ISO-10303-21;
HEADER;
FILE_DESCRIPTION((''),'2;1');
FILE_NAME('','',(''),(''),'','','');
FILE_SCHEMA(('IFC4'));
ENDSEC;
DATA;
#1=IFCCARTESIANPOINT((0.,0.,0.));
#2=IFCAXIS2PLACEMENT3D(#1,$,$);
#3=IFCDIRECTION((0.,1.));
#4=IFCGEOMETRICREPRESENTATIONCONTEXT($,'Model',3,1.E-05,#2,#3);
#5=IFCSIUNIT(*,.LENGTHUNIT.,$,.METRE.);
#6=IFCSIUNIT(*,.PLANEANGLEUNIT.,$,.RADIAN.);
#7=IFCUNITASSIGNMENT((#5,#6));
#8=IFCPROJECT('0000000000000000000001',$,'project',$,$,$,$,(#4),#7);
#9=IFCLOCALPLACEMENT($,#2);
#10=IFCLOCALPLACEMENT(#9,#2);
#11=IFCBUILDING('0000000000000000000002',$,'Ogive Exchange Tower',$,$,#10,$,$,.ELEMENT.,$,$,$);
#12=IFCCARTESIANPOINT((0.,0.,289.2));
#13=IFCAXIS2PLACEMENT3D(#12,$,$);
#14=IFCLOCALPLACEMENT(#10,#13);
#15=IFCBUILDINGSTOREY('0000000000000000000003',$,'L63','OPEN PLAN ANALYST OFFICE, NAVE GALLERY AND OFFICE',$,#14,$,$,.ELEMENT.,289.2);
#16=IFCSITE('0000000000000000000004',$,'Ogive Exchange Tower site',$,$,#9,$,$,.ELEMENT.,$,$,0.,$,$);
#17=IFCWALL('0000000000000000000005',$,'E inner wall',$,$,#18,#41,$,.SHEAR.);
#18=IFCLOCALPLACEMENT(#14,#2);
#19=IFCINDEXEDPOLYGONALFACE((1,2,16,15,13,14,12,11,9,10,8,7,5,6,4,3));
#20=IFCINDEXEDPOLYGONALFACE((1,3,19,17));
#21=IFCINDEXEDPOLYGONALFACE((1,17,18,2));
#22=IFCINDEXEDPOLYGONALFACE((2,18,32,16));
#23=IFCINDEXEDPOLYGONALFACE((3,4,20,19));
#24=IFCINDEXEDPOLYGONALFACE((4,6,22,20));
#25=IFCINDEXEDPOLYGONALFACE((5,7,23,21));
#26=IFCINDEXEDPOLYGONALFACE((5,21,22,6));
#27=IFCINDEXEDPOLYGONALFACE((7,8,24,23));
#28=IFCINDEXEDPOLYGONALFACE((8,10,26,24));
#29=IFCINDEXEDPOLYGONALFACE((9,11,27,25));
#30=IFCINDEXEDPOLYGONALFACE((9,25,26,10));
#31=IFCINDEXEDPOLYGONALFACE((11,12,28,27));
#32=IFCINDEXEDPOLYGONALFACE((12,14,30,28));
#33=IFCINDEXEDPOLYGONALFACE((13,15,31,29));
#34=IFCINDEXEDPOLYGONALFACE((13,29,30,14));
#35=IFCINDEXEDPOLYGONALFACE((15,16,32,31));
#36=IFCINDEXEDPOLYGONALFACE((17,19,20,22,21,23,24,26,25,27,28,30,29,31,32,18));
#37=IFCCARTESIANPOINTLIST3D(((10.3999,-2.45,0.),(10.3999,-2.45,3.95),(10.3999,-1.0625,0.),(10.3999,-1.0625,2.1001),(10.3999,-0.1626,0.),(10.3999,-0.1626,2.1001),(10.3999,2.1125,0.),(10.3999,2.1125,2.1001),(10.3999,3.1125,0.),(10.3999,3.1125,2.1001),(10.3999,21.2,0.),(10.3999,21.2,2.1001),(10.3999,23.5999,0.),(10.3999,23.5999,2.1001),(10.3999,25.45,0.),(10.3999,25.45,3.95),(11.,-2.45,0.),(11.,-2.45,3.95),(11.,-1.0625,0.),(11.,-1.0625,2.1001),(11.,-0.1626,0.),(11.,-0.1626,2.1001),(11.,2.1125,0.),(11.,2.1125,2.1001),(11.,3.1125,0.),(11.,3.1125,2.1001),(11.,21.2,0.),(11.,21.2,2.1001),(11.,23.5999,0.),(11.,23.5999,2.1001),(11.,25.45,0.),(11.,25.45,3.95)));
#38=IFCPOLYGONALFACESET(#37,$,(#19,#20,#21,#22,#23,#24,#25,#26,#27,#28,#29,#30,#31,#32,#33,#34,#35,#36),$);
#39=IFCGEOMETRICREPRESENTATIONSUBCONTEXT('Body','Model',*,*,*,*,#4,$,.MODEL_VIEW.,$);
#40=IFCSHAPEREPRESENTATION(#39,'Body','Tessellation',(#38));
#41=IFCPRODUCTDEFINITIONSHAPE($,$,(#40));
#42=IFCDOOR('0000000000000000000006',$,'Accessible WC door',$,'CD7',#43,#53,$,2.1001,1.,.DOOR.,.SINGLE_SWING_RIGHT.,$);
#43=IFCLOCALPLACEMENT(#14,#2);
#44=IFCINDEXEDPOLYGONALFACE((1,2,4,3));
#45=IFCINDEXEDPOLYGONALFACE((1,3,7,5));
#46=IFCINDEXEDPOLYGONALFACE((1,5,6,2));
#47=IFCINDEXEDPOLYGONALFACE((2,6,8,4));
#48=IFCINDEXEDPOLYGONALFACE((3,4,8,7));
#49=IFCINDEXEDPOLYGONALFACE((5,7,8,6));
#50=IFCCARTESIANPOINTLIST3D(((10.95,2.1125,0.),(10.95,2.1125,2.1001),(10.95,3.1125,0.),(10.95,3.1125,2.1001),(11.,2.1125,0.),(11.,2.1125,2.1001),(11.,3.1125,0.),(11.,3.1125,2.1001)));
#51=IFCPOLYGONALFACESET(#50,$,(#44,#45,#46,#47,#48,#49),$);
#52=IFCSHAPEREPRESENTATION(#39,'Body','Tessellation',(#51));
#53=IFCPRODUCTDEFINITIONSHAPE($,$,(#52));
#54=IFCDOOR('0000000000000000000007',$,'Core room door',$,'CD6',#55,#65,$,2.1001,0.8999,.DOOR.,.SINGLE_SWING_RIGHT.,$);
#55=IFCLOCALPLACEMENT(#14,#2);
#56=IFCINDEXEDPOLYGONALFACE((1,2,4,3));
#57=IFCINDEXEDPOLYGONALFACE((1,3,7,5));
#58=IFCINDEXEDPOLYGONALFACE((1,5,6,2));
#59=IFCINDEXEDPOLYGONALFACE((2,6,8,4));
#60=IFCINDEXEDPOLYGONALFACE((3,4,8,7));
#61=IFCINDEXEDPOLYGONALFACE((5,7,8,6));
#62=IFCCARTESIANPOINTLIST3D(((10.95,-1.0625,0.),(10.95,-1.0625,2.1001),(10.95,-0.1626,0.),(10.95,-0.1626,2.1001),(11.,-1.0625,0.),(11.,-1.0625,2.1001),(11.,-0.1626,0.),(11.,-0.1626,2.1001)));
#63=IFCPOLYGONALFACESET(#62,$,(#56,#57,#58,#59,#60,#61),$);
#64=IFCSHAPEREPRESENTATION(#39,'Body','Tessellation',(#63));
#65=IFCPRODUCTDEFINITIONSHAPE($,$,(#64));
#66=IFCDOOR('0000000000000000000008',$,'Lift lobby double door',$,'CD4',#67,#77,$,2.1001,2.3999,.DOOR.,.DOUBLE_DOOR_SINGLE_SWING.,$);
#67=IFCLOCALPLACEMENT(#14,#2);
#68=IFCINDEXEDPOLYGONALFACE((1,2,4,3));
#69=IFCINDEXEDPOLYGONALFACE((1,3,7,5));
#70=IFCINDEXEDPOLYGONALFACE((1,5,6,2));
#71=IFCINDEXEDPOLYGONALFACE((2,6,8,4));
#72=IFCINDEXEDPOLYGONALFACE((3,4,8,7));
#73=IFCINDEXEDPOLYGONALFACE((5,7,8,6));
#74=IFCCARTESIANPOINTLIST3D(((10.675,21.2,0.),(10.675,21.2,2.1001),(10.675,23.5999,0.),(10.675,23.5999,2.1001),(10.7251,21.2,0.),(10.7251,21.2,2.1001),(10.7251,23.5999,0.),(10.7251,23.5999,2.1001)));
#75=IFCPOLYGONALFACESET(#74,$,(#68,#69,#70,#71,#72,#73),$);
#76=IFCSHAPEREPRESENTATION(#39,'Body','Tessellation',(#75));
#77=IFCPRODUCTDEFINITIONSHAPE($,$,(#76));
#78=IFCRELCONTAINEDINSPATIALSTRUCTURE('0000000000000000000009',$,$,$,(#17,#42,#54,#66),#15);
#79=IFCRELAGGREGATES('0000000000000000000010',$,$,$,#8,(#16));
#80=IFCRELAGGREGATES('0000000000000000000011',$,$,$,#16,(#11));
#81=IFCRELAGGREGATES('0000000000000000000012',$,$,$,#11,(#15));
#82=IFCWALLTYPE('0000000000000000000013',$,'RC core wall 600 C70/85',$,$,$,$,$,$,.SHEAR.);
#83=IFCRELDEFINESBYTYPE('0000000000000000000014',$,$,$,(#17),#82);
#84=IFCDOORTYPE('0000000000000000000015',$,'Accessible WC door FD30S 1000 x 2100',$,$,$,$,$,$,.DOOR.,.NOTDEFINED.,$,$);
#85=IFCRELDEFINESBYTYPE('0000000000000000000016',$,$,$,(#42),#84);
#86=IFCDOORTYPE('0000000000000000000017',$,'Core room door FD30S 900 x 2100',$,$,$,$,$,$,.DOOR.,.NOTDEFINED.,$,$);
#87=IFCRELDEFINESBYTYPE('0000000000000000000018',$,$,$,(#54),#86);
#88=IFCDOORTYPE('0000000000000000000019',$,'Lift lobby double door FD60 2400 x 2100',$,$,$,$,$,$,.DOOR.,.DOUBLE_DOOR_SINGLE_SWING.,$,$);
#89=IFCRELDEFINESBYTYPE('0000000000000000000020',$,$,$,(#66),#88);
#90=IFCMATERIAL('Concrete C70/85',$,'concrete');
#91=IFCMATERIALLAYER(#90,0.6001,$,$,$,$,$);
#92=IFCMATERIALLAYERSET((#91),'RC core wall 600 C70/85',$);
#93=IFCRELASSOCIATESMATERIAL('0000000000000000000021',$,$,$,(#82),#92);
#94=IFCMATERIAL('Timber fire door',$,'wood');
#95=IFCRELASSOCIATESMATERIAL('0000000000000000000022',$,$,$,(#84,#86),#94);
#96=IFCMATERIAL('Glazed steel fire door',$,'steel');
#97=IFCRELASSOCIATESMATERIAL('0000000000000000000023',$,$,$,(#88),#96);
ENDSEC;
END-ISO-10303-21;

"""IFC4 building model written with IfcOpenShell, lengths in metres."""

from ifc_helpers import new_model, si_unit, direction, frame, frame_2d, origin, place, context, subcontext, project, spatial, rectangle, extrude, material, layer, layer_set, type_object, element, fill, save


model = new_model("IFC4")

# Units and contexts
model_context = context("Model", 3, precision=1e-05, world=origin(), true_north=direction((0.0, 1.0)))
body_context = subcontext(model_context, "Body", "Model", "MODEL_VIEW")
ifc_project = project(units=[si_unit("LENGTHUNIT", "METRE"), si_unit("PLANEANGLEUNIT", "RADIAN")], contexts=[model_context])

# Site, building, storey
site_placement = place(None, origin())
site = spatial("IfcSite", under=ifc_project, at=site_placement, Name="Ogive Exchange Tower site", CompositionType="ELEMENT", RefElevation=0.0)
building_placement = place(site_placement, origin())
building = spatial("IfcBuilding", under=site, at=building_placement, Name="Ogive Exchange Tower", CompositionType="ELEMENT")
storey_placement = place(building_placement, frame((0.0, 0.0, 289.2)))
storey = spatial("IfcBuildingStorey", under=building, at=storey_placement, Name="L63", Description="OPEN PLAN ANALYST OFFICE, NAVE GALLERY AND OFFICE", CompositionType="ELEMENT", Elevation=289.2)

# Shared definitions
ifc_material_1 = material(Name="Concrete C70/85", Category="concrete")

# Wall, openings, doors
ifc_layer_1 = layer(ifc_material_1, 0.6001)
ifc_layer_set_1 = layer_set([ifc_layer_1], Name="RC core wall 600 C70/85")
wall_type_1 = type_object("IfcWallType", Name="RC core wall 600 C70/85", PredefinedType="SHEAR", material=ifc_layer_set_1)
wall_1_placement = place(storey_placement, frame((10.7, -2.45, 0.0), z_axis=(0.0, 0.0, 1.0), x_axis=(0.0, 1.0, 0.0)))
wall_1 = element("IfcWall", 1, at=wall_1_placement, inside=storey, type_object=wall_type_1, Name="E inner wall", PredefinedType="SHEAR", context=body_context, shape_type="SweptSolid", body=[
    extrude(rectangle(XDim=27.8999, YDim=0.6001, at=frame_2d((13.95, 0.0))), origin(), (0.0, 0.0, 1.0), 3.95),
])
opening_1_placement = place(wall_1_placement, frame((23.6499, 0.0, 0.0)))
opening_1 = element("IfcOpeningElement", 2, at=opening_1_placement, cuts=wall_1, PredefinedType="OPENING", context=body_context, shape_type="SweptSolid", body=[
    extrude(rectangle(XDim=2.3999, YDim=2.1001, at=frame_2d((1.2, 1.05))), frame((0.0, 0.3101, 0.0), z_axis=(0.0, -1.0, 0.0), x_axis=(1.0, 0.0, 0.0)), (0.0, 0.0, 1.0), 0.6201),
])
opening_2_placement = place(wall_1_placement, frame((1.3875, 0.0, 0.0)))
opening_2 = element("IfcOpeningElement", 3, at=opening_2_placement, cuts=wall_1, PredefinedType="OPENING", context=body_context, shape_type="SweptSolid", body=[
    extrude(rectangle(XDim=0.8999, YDim=2.1001, at=frame_2d((0.45, 1.05))), frame((0.0, 0.3101, 0.0), z_axis=(0.0, -1.0, 0.0), x_axis=(1.0, 0.0, 0.0)), (0.0, 0.0, 1.0), 0.6201),
])
opening_3_placement = place(wall_1_placement, frame((4.5625, 0.0, 0.0)))
opening_3 = element("IfcOpeningElement", 4, at=opening_3_placement, cuts=wall_1, PredefinedType="OPENING", context=body_context, shape_type="SweptSolid", body=[
    extrude(rectangle(XDim=1.0, YDim=2.1001, at=frame_2d((0.5, 1.05))), frame((0.0, 0.3101, 0.0), z_axis=(0.0, -1.0, 0.0), x_axis=(1.0, 0.0, 0.0)), (0.0, 0.0, 1.0), 0.6201),
])
ifc_material_2 = material(Name="Timber fire door", Category="wood")
door_type_1 = type_object("IfcDoorType", Name="Accessible WC door FD30S 1000 x 2100", OperationType="NOTDEFINED", PredefinedType="DOOR", material=ifc_material_2)
door_1_placement = place(opening_3_placement, origin())
door_1 = element("IfcDoor", 5, at=door_1_placement, inside=storey, type_object=door_type_1, Name="Accessible WC door", ObjectType="CD7", OperationType="SINGLE_SWING_RIGHT", OverallHeight=2.1001, OverallWidth=1.0, PredefinedType="DOOR", context=body_context, shape_type="SweptSolid", body=[
    extrude(rectangle(XDim=1.0, YDim=2.1001, at=frame_2d((0.5, 1.05))), frame((0.0, -0.25, 0.0), z_axis=(0.0, -1.0, 0.0), x_axis=(1.0, 0.0, 0.0)), (0.0, 0.0, 1.0), 0.05),
])
fill(opening_3, door_1)
door_type_2 = type_object("IfcDoorType", Name="Core room door FD30S 900 x 2100", OperationType="NOTDEFINED", PredefinedType="DOOR", material=ifc_material_2)
door_2_placement = place(opening_2_placement, origin())
door_2 = element("IfcDoor", 6, at=door_2_placement, inside=storey, type_object=door_type_2, Name="Core room door", ObjectType="CD6", OperationType="SINGLE_SWING_RIGHT", OverallHeight=2.1001, OverallWidth=0.8999, PredefinedType="DOOR", context=body_context, shape_type="SweptSolid", body=[
    extrude(rectangle(XDim=0.8999, YDim=2.1001, at=frame_2d((0.45, 1.05))), frame((0.0, -0.25, 0.0), z_axis=(0.0, -1.0, 0.0), x_axis=(1.0, 0.0, 0.0)), (0.0, 0.0, 1.0), 0.05),
])
fill(opening_2, door_2)
ifc_material_3 = material(Name="Glazed steel fire door", Category="steel")
door_type_3 = type_object("IfcDoorType", Name="Lift lobby double door FD60 2400 x 2100", OperationType="DOUBLE_DOOR_SINGLE_SWING", PredefinedType="DOOR", material=ifc_material_3)
door_3_placement = place(opening_1_placement, origin())
door_3 = element("IfcDoor", 7, at=door_3_placement, inside=storey, type_object=door_type_3, Name="Lift lobby double door", ObjectType="CD4", OperationType="DOUBLE_DOOR_SINGLE_SWING", OverallHeight=2.1001, OverallWidth=2.3999, PredefinedType="DOOR", context=body_context, shape_type="SweptSolid", body=[
    extrude(rectangle(XDim=2.3999, YDim=2.1001, at=frame_2d((1.2, 1.05))), frame((0.0, 0.0249, 0.0), z_axis=(0.0, -1.0, 0.0), x_axis=(1.0, 0.0, 0.0)), (0.0, 0.0, 1.0), 0.05),
])
fill(opening_1, door_3)

save(model, "model.ifc")
